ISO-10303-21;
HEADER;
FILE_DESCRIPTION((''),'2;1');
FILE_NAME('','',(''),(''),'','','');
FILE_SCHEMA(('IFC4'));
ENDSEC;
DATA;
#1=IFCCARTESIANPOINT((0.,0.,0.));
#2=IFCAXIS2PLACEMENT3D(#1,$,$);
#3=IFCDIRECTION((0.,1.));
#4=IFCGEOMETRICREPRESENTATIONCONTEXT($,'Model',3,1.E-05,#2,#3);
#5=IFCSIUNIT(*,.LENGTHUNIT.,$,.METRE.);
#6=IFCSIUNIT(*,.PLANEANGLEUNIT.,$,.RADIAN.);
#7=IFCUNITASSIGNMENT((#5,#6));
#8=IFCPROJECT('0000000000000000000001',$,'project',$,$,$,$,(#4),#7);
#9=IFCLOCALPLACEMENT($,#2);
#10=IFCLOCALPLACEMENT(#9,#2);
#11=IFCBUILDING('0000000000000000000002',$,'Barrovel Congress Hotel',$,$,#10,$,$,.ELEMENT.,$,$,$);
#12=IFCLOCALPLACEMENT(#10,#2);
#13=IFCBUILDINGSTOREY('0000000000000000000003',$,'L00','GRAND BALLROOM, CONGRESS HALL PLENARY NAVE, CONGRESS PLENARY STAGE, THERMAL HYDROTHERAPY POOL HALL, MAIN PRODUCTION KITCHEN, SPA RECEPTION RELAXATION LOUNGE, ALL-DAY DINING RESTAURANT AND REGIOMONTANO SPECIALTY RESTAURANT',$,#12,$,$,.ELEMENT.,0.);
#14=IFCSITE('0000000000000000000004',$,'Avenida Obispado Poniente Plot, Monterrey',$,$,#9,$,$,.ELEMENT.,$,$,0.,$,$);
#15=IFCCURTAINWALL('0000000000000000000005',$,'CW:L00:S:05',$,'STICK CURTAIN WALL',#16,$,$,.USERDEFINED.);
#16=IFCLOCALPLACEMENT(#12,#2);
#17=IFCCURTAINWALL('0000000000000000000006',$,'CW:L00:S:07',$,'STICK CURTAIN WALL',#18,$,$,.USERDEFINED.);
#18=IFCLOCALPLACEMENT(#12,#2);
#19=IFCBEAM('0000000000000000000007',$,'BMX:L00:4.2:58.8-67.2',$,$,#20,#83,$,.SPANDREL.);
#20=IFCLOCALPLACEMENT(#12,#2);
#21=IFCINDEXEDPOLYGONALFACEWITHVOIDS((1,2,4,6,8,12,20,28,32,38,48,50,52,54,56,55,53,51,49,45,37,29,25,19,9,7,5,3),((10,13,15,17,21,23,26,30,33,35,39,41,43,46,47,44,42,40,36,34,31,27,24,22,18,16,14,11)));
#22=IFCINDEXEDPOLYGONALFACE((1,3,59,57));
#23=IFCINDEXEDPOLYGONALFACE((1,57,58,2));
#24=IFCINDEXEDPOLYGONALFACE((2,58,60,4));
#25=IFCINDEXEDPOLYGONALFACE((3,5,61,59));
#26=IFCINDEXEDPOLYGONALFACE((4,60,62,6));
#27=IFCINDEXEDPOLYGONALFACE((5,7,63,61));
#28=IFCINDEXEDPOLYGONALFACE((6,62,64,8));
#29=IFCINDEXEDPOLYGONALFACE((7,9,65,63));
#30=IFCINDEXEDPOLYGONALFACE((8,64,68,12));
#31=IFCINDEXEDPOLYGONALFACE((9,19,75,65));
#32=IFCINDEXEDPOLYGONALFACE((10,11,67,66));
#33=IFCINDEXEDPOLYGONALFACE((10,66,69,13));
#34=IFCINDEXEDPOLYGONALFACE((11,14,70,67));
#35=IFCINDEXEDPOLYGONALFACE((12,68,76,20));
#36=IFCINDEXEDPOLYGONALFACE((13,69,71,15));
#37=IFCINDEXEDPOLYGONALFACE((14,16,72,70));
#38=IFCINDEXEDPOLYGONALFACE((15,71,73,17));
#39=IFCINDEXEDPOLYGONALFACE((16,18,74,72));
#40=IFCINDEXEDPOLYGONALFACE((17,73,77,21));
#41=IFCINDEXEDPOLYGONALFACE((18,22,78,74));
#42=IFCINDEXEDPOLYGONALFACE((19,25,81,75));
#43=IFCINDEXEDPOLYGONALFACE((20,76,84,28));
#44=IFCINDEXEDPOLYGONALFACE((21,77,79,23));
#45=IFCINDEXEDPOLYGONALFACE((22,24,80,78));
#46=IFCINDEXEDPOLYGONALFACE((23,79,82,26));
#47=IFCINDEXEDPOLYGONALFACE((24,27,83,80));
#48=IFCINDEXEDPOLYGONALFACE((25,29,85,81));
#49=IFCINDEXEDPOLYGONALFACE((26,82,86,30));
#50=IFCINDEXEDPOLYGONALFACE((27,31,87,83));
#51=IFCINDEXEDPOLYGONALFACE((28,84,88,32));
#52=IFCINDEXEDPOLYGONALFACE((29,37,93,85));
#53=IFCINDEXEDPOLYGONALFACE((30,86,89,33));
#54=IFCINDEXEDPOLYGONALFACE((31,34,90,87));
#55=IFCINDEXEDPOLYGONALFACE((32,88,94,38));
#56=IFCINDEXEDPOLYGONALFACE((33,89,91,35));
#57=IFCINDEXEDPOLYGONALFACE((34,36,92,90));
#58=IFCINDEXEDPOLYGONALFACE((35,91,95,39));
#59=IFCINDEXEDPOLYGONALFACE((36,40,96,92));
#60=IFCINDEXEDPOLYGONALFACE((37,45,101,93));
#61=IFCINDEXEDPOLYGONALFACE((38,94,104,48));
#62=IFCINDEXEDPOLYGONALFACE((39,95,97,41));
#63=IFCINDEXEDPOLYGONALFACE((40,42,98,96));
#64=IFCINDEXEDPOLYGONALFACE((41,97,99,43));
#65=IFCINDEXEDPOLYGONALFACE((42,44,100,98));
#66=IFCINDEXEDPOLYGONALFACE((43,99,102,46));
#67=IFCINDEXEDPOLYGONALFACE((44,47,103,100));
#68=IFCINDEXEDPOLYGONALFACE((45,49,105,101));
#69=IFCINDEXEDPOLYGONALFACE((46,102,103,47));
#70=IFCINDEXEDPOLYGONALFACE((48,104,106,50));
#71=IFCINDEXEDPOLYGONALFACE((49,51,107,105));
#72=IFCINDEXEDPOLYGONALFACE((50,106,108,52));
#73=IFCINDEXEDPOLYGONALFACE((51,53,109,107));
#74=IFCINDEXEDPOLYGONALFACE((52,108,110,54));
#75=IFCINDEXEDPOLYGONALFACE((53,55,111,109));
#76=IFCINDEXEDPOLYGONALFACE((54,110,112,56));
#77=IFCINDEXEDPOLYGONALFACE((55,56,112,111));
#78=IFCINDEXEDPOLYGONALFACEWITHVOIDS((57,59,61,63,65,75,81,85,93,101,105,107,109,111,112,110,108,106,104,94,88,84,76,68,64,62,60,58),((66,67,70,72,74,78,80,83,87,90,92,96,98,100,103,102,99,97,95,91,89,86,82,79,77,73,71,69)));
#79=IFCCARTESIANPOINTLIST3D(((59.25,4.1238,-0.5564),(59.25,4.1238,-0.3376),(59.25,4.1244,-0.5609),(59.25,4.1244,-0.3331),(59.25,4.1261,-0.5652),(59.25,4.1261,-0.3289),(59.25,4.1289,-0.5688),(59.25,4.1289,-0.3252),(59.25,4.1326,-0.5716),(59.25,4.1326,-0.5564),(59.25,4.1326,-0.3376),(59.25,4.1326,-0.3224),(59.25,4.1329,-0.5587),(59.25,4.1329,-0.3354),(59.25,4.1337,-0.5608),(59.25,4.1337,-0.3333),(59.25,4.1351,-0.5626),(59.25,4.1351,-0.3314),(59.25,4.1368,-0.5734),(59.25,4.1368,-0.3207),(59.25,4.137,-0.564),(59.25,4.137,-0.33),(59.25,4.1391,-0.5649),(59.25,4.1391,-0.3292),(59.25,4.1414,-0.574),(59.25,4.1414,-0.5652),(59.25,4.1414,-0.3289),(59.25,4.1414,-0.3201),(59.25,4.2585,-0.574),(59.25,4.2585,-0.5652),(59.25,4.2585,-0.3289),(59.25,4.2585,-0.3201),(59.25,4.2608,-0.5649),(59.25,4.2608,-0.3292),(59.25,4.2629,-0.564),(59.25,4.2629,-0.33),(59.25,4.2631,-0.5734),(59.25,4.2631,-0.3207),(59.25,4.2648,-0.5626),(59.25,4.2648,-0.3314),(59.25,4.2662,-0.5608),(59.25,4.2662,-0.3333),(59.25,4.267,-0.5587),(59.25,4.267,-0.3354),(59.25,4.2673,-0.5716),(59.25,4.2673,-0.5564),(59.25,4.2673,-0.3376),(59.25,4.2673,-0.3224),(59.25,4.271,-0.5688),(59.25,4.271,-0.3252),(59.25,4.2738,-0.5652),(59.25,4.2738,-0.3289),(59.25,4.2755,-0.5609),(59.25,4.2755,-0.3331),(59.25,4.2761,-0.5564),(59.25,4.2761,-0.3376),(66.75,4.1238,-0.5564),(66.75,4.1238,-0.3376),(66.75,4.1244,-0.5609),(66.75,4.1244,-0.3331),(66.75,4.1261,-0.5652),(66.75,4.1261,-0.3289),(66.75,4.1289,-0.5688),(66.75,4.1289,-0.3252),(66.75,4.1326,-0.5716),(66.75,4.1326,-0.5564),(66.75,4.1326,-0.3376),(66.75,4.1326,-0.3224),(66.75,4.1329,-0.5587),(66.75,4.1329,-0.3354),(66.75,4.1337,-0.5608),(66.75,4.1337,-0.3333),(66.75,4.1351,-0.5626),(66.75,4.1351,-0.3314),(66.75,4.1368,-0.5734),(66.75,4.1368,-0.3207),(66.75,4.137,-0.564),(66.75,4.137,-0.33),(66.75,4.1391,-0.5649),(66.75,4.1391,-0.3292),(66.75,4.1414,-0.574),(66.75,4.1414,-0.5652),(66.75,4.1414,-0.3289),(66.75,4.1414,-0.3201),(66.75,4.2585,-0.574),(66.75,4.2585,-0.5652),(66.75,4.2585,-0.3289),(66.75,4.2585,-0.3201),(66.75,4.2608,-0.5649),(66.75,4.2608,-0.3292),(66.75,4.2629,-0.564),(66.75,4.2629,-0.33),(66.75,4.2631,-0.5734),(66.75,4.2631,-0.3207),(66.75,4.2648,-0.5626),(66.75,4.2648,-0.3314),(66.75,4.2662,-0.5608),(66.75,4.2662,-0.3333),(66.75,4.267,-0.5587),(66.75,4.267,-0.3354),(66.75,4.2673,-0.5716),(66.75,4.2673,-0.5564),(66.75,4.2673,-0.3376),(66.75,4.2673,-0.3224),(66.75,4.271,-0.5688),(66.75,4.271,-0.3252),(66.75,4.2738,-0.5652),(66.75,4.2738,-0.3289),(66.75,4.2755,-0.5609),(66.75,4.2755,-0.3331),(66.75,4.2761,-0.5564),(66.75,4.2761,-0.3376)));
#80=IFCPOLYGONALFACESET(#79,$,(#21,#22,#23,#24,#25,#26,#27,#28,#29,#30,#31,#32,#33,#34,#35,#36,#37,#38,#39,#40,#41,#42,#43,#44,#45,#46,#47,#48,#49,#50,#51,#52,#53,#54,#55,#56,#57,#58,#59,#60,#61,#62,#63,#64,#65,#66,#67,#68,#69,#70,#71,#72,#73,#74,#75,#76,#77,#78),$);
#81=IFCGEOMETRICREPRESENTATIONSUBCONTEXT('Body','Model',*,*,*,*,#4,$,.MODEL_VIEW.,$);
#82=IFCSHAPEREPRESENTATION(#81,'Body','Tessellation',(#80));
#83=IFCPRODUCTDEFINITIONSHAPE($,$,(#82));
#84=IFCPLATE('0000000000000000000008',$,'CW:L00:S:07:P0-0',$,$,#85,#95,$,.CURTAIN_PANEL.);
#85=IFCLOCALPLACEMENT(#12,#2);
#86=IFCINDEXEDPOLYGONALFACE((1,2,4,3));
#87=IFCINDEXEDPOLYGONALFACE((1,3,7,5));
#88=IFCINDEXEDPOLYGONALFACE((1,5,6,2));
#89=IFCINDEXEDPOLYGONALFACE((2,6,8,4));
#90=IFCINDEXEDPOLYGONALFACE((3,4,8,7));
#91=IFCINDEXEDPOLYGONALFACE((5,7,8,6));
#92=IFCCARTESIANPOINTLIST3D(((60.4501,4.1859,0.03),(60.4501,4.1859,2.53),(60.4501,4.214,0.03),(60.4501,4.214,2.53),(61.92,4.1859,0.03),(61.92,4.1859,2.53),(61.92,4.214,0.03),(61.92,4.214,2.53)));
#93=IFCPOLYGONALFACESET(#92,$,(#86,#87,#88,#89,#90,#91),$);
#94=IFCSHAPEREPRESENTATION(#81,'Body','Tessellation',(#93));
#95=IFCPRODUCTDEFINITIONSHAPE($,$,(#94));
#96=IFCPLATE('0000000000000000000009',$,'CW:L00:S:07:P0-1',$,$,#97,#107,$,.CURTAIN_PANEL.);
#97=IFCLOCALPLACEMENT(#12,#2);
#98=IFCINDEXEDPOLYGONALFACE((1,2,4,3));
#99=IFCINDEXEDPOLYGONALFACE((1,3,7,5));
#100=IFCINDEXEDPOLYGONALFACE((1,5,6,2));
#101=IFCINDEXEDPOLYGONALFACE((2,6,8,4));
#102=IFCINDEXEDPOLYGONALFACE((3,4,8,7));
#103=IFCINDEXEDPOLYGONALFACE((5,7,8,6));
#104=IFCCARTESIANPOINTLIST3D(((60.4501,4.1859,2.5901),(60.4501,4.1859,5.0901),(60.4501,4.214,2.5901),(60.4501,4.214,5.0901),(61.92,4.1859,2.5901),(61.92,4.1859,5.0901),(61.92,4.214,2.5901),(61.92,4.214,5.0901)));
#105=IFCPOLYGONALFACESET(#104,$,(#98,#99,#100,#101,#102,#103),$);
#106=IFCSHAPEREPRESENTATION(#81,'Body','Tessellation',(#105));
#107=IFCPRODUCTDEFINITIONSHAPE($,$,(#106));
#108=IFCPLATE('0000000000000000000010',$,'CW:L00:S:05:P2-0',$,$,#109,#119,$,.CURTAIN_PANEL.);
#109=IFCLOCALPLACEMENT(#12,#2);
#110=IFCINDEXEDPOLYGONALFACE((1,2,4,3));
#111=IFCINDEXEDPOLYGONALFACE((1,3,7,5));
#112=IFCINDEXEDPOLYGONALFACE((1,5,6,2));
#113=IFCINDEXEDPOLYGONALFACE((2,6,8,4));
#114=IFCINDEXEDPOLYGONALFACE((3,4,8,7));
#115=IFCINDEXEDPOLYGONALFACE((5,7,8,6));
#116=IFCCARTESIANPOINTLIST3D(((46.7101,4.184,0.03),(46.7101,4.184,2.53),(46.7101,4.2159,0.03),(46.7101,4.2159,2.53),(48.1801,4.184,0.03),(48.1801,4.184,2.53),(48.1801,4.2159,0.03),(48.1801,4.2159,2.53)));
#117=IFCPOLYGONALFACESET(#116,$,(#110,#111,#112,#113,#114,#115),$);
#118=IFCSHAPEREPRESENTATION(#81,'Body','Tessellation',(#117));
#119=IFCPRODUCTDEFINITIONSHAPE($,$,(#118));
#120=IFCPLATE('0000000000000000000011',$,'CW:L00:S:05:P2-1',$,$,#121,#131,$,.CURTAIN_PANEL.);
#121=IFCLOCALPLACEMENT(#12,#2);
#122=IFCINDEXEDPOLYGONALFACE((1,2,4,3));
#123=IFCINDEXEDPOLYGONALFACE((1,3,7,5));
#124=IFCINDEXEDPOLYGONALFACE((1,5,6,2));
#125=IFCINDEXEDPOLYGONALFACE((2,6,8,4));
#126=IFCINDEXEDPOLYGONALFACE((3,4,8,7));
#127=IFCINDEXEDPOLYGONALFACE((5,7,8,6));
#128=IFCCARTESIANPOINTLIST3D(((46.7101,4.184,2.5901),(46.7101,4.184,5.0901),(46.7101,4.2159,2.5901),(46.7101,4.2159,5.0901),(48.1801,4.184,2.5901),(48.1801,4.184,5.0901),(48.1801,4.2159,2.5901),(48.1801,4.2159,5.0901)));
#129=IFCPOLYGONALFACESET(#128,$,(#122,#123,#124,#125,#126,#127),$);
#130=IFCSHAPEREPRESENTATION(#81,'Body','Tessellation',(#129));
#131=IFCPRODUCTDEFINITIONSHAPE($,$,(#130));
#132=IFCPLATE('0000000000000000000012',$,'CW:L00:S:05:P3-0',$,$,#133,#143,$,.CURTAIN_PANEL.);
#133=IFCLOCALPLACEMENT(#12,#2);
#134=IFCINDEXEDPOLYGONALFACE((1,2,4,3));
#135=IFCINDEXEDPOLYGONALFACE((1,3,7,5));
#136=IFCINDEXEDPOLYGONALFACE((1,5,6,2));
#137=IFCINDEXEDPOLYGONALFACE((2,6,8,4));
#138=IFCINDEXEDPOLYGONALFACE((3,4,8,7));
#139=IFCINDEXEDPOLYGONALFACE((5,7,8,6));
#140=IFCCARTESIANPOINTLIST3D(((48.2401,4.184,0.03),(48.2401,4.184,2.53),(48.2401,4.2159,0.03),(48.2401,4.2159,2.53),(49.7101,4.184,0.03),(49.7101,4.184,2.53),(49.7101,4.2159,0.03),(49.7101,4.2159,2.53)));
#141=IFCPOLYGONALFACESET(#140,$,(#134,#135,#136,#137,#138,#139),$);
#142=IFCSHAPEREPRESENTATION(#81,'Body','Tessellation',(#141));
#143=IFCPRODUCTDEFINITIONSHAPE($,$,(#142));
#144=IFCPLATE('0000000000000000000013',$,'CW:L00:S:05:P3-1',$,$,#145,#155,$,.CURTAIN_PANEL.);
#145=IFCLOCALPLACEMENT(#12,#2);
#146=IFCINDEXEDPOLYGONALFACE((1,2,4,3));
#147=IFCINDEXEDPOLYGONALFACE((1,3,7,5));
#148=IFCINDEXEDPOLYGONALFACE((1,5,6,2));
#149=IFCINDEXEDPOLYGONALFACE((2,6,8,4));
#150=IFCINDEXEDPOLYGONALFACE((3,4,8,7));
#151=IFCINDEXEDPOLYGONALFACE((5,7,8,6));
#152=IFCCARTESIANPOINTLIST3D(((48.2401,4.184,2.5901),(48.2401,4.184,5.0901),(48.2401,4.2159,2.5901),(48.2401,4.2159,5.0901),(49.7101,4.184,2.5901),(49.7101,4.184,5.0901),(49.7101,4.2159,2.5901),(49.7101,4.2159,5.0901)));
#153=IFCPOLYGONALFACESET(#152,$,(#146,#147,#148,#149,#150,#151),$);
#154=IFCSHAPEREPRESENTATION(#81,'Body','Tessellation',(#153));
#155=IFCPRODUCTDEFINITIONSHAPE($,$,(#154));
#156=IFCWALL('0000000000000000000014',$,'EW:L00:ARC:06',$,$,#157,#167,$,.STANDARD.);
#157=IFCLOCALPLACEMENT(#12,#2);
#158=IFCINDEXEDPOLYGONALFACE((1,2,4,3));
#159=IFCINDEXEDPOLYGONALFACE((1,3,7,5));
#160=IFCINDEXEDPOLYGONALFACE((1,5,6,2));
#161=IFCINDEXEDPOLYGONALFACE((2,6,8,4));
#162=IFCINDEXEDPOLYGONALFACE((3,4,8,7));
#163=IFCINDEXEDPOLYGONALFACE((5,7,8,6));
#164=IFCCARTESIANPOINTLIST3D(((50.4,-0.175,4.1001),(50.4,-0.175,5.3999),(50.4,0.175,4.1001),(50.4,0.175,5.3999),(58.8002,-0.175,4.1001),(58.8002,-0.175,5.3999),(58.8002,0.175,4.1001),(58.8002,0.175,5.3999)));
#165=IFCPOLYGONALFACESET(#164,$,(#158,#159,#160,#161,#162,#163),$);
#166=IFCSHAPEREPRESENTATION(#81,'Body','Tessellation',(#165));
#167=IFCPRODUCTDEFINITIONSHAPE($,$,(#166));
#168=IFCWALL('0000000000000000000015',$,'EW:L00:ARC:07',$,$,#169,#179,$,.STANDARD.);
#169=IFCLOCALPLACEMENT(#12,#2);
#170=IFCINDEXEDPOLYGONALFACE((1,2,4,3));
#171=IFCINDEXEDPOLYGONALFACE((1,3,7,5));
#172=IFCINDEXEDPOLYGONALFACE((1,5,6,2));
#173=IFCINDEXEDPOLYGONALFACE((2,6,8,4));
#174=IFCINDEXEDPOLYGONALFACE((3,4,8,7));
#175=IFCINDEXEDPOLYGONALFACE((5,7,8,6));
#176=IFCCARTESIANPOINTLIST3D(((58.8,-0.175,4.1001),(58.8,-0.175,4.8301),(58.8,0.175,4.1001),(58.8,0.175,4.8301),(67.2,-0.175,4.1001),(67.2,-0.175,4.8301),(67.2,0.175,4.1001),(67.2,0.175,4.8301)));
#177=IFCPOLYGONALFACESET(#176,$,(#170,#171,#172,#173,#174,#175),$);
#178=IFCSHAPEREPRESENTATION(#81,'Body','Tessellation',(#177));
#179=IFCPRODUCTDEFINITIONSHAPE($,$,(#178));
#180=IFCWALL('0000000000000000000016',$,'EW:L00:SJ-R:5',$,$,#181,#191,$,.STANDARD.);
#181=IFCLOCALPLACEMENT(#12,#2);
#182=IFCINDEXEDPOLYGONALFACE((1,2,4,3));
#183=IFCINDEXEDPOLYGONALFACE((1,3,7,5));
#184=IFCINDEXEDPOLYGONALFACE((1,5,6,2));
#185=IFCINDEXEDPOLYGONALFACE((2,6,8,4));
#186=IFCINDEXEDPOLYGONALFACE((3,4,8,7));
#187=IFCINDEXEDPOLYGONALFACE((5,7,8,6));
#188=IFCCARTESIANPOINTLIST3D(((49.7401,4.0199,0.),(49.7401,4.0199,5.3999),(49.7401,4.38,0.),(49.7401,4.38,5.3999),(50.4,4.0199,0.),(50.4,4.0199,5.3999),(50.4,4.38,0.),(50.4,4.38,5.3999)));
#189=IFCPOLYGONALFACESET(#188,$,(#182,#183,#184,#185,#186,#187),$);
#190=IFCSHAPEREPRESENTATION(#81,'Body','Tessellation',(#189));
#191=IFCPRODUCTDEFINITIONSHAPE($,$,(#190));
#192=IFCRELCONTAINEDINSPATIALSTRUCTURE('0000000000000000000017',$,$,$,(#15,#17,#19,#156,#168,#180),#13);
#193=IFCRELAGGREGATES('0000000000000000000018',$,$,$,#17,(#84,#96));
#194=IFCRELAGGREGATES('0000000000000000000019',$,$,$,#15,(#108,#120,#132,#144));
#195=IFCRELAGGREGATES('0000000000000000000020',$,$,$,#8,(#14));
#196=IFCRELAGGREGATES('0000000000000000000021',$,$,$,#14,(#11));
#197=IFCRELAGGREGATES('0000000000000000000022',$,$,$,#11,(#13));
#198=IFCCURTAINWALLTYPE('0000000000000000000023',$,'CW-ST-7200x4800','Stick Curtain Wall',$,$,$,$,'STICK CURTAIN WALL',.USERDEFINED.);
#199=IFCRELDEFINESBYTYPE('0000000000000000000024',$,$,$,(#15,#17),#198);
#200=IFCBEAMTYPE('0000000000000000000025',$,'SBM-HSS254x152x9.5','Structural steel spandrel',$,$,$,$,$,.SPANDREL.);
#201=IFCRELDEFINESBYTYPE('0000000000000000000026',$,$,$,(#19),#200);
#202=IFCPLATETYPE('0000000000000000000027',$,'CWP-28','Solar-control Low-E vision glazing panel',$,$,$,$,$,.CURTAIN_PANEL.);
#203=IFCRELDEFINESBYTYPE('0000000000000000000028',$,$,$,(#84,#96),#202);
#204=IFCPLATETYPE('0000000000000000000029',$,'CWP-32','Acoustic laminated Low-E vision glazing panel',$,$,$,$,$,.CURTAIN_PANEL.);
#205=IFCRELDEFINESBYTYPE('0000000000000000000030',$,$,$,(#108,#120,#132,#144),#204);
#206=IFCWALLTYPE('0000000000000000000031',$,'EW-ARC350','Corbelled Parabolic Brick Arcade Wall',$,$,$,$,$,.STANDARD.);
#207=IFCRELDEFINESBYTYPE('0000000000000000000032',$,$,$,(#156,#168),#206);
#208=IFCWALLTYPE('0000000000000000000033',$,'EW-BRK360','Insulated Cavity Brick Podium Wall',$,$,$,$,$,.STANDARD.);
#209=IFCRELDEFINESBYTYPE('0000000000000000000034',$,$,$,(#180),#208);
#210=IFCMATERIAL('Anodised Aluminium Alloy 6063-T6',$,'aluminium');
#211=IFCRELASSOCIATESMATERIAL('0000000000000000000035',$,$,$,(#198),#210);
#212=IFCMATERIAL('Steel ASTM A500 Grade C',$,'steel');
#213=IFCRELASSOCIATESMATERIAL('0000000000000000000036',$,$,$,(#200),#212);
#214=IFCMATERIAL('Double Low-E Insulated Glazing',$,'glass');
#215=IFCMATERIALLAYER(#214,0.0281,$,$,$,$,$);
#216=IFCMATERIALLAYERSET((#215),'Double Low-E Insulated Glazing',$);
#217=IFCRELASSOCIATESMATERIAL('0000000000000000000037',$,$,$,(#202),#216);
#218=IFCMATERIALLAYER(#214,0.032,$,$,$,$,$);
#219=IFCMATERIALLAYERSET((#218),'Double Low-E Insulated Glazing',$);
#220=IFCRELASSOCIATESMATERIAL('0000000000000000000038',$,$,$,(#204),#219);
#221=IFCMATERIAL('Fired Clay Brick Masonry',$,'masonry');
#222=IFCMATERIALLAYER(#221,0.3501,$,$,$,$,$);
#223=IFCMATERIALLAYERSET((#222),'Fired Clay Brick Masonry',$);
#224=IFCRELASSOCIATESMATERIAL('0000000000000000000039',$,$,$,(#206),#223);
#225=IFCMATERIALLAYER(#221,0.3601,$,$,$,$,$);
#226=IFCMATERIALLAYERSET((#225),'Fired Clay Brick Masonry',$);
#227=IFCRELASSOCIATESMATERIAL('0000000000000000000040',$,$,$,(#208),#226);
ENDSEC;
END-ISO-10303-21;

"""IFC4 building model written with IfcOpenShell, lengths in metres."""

from ifc_helpers import new_model, si_unit, direction, frame, frame_2d, origin, origin_2d, place, context, subcontext, project, spatial, rectangle, hollow_rectangle, extrude, material, layer, layer_set, material_profile, profile_set, type_object, element, aggregate, save


model = new_model("IFC4")

# Units and contexts
model_context = context("Model", 3, precision=1e-05, world=origin(), true_north=direction((0.0, 1.0)))
body_context = subcontext(model_context, "Body", "Model", "MODEL_VIEW")
ifc_project = project(units=[si_unit("LENGTHUNIT", "METRE"), si_unit("PLANEANGLEUNIT", "RADIAN")], contexts=[model_context])

# Site, building, storey
site_placement = place(None, origin())
site = spatial("IfcSite", under=ifc_project, at=site_placement, Name="Avenida Obispado Poniente Plot, Monterrey", CompositionType="ELEMENT", RefElevation=0.0)
building_placement = place(site_placement, origin())
building = spatial("IfcBuilding", under=site, at=building_placement, Name="Barrovel Congress Hotel", CompositionType="ELEMENT")
storey_placement = place(building_placement, origin())
storey = spatial("IfcBuildingStorey", under=building, at=storey_placement, Name="L00", Description="GRAND BALLROOM, CONGRESS HALL PLENARY NAVE, CONGRESS PLENARY STAGE, THERMAL HYDROTHERAPY POOL HALL, MAIN PRODUCTION KITCHEN, SPA RECEPTION RELAXATION LOUNGE, ALL-DAY DINING RESTAURANT AND REGIOMONTANO SPECIALTY RESTAURANT", CompositionType="ELEMENT", Elevation=0.0)

# Curtain walls
ifc_material_1 = material(Name="Anodised Aluminium Alloy 6063-T6", Category="aluminium")
curtain_wall_type = type_object("IfcCurtainWallType", Name="CW-ST-7200x4800", Description="Stick Curtain Wall", ElementType="STICK CURTAIN WALL", PredefinedType="USERDEFINED", material=ifc_material_1)
curtain_wall_1_placement = place(storey_placement, origin())
curtain_wall_1 = element("IfcCurtainWall", 1, at=curtain_wall_1_placement, inside=storey, type_object=curtain_wall_type, Name="CW:L00:S:05", ObjectType="STICK CURTAIN WALL", PredefinedType="USERDEFINED")
curtain_wall_2_placement = place(storey_placement, origin())
curtain_wall_2 = element("IfcCurtainWall", 2, at=curtain_wall_2_placement, inside=storey, type_object=curtain_wall_type, Name="CW:L00:S:07", ObjectType="STICK CURTAIN WALL", PredefinedType="USERDEFINED")

# Beam
ifc_material_2 = material(Name="Steel ASTM A500 Grade C", Category="steel")
ifc_material_profile_1 = material_profile(ifc_material_2, hollow_rectangle(XDim=0.1523, YDim=0.2539, WallThickness=0.0088, InnerFilletRadius=0.0088, OuterFilletRadius=0.0176, at=origin_2d()), Name="HSS254x152x9.5")
ifc_profile_set_1 = profile_set([ifc_material_profile_1], Name="Steel ASTM A500 Grade C")
beam_type_1 = type_object("IfcBeamType", Name="SBM-HSS254x152x9.5", Description="Structural steel spandrel", PredefinedType="SPANDREL", material=ifc_profile_set_1)
beam_1_placement = place(storey_placement, frame((59.25, 4.2, -0.447), z_axis=(1.0, 0.0, 0.0), x_axis=(0.0, 1.0, 0.0)))
element("IfcBeam", 3, at=beam_1_placement, inside=storey, type_object=beam_type_1, Name="BMX:L00:4.2:58.8-67.2", PredefinedType="SPANDREL", context=body_context, shape_type="SweptSolid", body=[
    extrude(hollow_rectangle(XDim=0.1523, YDim=0.2539, WallThickness=0.0088, InnerFilletRadius=0.0088, OuterFilletRadius=0.0176, at=origin_2d()), origin(), (0.0, 0.0, 1.0), 7.5),
])

# Plates
ifc_material_3 = material(Name="Double Low-E Insulated Glazing", Category="glass")
ifc_layer_1 = layer(ifc_material_3, 0.0281)
ifc_layer_set_1 = layer_set([ifc_layer_1], Name="Double Low-E Insulated Glazing")
plate_type_1 = type_object("IfcPlateType", Name="CWP-28", Description="Solar-control Low-E vision glazing panel", PredefinedType="CURTAIN_PANEL", material=ifc_layer_set_1)
plate_1_placement = place(storey_placement, frame((61.1851, 4.2, 0.03), z_axis=(0.0, 0.0, 1.0), x_axis=(1.0, 0.0, 0.0)))
plate_1 = element("IfcPlate", 4, at=plate_1_placement, type_object=plate_type_1, Name="CW:L00:S:07:P0-0", PredefinedType="CURTAIN_PANEL", context=body_context, shape_type="SweptSolid", body=[
    extrude(rectangle(XDim=1.47, YDim=0.0281, at=origin_2d()), origin(), (0.0, 0.0, 1.0), 2.5),
])
plate_2_placement = place(storey_placement, frame((61.1851, 4.2, 2.5901), z_axis=(0.0, 0.0, 1.0), x_axis=(1.0, 0.0, 0.0)))
plate_2 = element("IfcPlate", 5, at=plate_2_placement, type_object=plate_type_1, Name="CW:L00:S:07:P0-1", PredefinedType="CURTAIN_PANEL", context=body_context, shape_type="SweptSolid", body=[
    extrude(rectangle(XDim=1.47, YDim=0.0281, at=origin_2d()), origin(), (0.0, 0.0, 1.0), 2.5),
])
aggregate(curtain_wall_2, [plate_1, plate_2])
ifc_layer_2 = layer(ifc_material_3, 0.032)
ifc_layer_set_2 = layer_set([ifc_layer_2], Name="Double Low-E Insulated Glazing")
plate_type_2 = type_object("IfcPlateType", Name="CWP-32", Description="Acoustic laminated Low-E vision glazing panel", PredefinedType="CURTAIN_PANEL", material=ifc_layer_set_2)
plate_3_placement = place(storey_placement, frame((47.4451, 4.2, 0.03), z_axis=(0.0, 0.0, 1.0), x_axis=(1.0, 0.0, 0.0)))
plate_3 = element("IfcPlate", 6, at=plate_3_placement, type_object=plate_type_2, Name="CW:L00:S:05:P2-0", PredefinedType="CURTAIN_PANEL", context=body_context, shape_type="SweptSolid", body=[
    extrude(rectangle(XDim=1.47, YDim=0.032, at=origin_2d()), origin(), (0.0, 0.0, 1.0), 2.5),
])
plate_4_placement = place(storey_placement, frame((47.4451, 4.2, 2.5901), z_axis=(0.0, 0.0, 1.0), x_axis=(1.0, 0.0, 0.0)))
plate_4 = element("IfcPlate", 7, at=plate_4_placement, type_object=plate_type_2, Name="CW:L00:S:05:P2-1", PredefinedType="CURTAIN_PANEL", context=body_context, shape_type="SweptSolid", body=[
    extrude(rectangle(XDim=1.47, YDim=0.032, at=origin_2d()), origin(), (0.0, 0.0, 1.0), 2.5),
])
plate_5_placement = place(storey_placement, frame((48.9751, 4.2, 0.03), z_axis=(0.0, 0.0, 1.0), x_axis=(1.0, 0.0, 0.0)))
plate_5 = element("IfcPlate", 8, at=plate_5_placement, type_object=plate_type_2, Name="CW:L00:S:05:P3-0", PredefinedType="CURTAIN_PANEL", context=body_context, shape_type="SweptSolid", body=[
    extrude(rectangle(XDim=1.47, YDim=0.032, at=origin_2d()), origin(), (0.0, 0.0, 1.0), 2.5),
])
plate_6_placement = place(storey_placement, frame((48.9751, 4.2, 2.5901), z_axis=(0.0, 0.0, 1.0), x_axis=(1.0, 0.0, 0.0)))
plate_6 = element("IfcPlate", 9, at=plate_6_placement, type_object=plate_type_2, Name="CW:L00:S:05:P3-1", PredefinedType="CURTAIN_PANEL", context=body_context, shape_type="SweptSolid", body=[
    extrude(rectangle(XDim=1.47, YDim=0.032, at=origin_2d()), origin(), (0.0, 0.0, 1.0), 2.5),
])
aggregate(curtain_wall_1, [plate_3, plate_4, plate_5, plate_6])

# Walls
ifc_material_4 = material(Name="Fired Clay Brick Masonry", Category="masonry")
ifc_layer_3 = layer(ifc_material_4, 0.3501)
ifc_layer_set_3 = layer_set([ifc_layer_3], Name="Fired Clay Brick Masonry")
wall_type_1 = type_object("IfcWallType", Name="EW-ARC350", Description="Corbelled Parabolic Brick Arcade Wall", PredefinedType="STANDARD", material=ifc_layer_set_3)
wall_1_placement = place(storey_placement, frame((50.3999, 0.0, 4.1001), z_axis=(0.0, 0.0, 1.0), x_axis=(1.0, 0.0, 0.0)))
element("IfcWall", 10, at=wall_1_placement, inside=storey, type_object=wall_type_1, Name="EW:L00:ARC:06", PredefinedType="STANDARD", context=body_context, shape_type="SweptSolid", body=[
    extrude(rectangle(XDim=8.4001, YDim=0.3501, at=frame_2d((4.2002, 0.0))), origin(), (0.0, 0.0, 1.0), 1.2998),
])
wall_2_placement = place(storey_placement, frame((58.8, 0.0, 4.1001), z_axis=(0.0, 0.0, 1.0), x_axis=(1.0, 0.0, 0.0)))
element("IfcWall", 11, at=wall_2_placement, inside=storey, type_object=wall_type_1, Name="EW:L00:ARC:07", PredefinedType="STANDARD", context=body_context, shape_type="SweptSolid", body=[
    extrude(rectangle(XDim=8.3999, YDim=0.3501, at=frame_2d((4.2, 0.0))), origin(), (0.0, 0.0, 1.0), 0.73),
])
ifc_layer_4 = layer(ifc_material_4, 0.3601)
ifc_layer_set_4 = layer_set([ifc_layer_4], Name="Fired Clay Brick Masonry")
wall_type_2 = type_object("IfcWallType", Name="EW-BRK360", Description="Insulated Cavity Brick Podium Wall", PredefinedType="STANDARD", material=ifc_layer_set_4)
wall_3_placement = place(storey_placement, frame((49.74, 4.2, 0.0), z_axis=(0.0, 0.0, 1.0), x_axis=(1.0, 0.0, 0.0)))
element("IfcWall", 12, at=wall_3_placement, inside=storey, type_object=wall_type_2, Name="EW:L00:SJ-R:5", PredefinedType="STANDARD", context=body_context, shape_type="SweptSolid", body=[
    extrude(rectangle(XDim=0.6599, YDim=0.3601, at=frame_2d((0.3301, 0.0))), origin(), (0.0, 0.0, 1.0), 5.3999),
])

save(model, "model.ifc")
